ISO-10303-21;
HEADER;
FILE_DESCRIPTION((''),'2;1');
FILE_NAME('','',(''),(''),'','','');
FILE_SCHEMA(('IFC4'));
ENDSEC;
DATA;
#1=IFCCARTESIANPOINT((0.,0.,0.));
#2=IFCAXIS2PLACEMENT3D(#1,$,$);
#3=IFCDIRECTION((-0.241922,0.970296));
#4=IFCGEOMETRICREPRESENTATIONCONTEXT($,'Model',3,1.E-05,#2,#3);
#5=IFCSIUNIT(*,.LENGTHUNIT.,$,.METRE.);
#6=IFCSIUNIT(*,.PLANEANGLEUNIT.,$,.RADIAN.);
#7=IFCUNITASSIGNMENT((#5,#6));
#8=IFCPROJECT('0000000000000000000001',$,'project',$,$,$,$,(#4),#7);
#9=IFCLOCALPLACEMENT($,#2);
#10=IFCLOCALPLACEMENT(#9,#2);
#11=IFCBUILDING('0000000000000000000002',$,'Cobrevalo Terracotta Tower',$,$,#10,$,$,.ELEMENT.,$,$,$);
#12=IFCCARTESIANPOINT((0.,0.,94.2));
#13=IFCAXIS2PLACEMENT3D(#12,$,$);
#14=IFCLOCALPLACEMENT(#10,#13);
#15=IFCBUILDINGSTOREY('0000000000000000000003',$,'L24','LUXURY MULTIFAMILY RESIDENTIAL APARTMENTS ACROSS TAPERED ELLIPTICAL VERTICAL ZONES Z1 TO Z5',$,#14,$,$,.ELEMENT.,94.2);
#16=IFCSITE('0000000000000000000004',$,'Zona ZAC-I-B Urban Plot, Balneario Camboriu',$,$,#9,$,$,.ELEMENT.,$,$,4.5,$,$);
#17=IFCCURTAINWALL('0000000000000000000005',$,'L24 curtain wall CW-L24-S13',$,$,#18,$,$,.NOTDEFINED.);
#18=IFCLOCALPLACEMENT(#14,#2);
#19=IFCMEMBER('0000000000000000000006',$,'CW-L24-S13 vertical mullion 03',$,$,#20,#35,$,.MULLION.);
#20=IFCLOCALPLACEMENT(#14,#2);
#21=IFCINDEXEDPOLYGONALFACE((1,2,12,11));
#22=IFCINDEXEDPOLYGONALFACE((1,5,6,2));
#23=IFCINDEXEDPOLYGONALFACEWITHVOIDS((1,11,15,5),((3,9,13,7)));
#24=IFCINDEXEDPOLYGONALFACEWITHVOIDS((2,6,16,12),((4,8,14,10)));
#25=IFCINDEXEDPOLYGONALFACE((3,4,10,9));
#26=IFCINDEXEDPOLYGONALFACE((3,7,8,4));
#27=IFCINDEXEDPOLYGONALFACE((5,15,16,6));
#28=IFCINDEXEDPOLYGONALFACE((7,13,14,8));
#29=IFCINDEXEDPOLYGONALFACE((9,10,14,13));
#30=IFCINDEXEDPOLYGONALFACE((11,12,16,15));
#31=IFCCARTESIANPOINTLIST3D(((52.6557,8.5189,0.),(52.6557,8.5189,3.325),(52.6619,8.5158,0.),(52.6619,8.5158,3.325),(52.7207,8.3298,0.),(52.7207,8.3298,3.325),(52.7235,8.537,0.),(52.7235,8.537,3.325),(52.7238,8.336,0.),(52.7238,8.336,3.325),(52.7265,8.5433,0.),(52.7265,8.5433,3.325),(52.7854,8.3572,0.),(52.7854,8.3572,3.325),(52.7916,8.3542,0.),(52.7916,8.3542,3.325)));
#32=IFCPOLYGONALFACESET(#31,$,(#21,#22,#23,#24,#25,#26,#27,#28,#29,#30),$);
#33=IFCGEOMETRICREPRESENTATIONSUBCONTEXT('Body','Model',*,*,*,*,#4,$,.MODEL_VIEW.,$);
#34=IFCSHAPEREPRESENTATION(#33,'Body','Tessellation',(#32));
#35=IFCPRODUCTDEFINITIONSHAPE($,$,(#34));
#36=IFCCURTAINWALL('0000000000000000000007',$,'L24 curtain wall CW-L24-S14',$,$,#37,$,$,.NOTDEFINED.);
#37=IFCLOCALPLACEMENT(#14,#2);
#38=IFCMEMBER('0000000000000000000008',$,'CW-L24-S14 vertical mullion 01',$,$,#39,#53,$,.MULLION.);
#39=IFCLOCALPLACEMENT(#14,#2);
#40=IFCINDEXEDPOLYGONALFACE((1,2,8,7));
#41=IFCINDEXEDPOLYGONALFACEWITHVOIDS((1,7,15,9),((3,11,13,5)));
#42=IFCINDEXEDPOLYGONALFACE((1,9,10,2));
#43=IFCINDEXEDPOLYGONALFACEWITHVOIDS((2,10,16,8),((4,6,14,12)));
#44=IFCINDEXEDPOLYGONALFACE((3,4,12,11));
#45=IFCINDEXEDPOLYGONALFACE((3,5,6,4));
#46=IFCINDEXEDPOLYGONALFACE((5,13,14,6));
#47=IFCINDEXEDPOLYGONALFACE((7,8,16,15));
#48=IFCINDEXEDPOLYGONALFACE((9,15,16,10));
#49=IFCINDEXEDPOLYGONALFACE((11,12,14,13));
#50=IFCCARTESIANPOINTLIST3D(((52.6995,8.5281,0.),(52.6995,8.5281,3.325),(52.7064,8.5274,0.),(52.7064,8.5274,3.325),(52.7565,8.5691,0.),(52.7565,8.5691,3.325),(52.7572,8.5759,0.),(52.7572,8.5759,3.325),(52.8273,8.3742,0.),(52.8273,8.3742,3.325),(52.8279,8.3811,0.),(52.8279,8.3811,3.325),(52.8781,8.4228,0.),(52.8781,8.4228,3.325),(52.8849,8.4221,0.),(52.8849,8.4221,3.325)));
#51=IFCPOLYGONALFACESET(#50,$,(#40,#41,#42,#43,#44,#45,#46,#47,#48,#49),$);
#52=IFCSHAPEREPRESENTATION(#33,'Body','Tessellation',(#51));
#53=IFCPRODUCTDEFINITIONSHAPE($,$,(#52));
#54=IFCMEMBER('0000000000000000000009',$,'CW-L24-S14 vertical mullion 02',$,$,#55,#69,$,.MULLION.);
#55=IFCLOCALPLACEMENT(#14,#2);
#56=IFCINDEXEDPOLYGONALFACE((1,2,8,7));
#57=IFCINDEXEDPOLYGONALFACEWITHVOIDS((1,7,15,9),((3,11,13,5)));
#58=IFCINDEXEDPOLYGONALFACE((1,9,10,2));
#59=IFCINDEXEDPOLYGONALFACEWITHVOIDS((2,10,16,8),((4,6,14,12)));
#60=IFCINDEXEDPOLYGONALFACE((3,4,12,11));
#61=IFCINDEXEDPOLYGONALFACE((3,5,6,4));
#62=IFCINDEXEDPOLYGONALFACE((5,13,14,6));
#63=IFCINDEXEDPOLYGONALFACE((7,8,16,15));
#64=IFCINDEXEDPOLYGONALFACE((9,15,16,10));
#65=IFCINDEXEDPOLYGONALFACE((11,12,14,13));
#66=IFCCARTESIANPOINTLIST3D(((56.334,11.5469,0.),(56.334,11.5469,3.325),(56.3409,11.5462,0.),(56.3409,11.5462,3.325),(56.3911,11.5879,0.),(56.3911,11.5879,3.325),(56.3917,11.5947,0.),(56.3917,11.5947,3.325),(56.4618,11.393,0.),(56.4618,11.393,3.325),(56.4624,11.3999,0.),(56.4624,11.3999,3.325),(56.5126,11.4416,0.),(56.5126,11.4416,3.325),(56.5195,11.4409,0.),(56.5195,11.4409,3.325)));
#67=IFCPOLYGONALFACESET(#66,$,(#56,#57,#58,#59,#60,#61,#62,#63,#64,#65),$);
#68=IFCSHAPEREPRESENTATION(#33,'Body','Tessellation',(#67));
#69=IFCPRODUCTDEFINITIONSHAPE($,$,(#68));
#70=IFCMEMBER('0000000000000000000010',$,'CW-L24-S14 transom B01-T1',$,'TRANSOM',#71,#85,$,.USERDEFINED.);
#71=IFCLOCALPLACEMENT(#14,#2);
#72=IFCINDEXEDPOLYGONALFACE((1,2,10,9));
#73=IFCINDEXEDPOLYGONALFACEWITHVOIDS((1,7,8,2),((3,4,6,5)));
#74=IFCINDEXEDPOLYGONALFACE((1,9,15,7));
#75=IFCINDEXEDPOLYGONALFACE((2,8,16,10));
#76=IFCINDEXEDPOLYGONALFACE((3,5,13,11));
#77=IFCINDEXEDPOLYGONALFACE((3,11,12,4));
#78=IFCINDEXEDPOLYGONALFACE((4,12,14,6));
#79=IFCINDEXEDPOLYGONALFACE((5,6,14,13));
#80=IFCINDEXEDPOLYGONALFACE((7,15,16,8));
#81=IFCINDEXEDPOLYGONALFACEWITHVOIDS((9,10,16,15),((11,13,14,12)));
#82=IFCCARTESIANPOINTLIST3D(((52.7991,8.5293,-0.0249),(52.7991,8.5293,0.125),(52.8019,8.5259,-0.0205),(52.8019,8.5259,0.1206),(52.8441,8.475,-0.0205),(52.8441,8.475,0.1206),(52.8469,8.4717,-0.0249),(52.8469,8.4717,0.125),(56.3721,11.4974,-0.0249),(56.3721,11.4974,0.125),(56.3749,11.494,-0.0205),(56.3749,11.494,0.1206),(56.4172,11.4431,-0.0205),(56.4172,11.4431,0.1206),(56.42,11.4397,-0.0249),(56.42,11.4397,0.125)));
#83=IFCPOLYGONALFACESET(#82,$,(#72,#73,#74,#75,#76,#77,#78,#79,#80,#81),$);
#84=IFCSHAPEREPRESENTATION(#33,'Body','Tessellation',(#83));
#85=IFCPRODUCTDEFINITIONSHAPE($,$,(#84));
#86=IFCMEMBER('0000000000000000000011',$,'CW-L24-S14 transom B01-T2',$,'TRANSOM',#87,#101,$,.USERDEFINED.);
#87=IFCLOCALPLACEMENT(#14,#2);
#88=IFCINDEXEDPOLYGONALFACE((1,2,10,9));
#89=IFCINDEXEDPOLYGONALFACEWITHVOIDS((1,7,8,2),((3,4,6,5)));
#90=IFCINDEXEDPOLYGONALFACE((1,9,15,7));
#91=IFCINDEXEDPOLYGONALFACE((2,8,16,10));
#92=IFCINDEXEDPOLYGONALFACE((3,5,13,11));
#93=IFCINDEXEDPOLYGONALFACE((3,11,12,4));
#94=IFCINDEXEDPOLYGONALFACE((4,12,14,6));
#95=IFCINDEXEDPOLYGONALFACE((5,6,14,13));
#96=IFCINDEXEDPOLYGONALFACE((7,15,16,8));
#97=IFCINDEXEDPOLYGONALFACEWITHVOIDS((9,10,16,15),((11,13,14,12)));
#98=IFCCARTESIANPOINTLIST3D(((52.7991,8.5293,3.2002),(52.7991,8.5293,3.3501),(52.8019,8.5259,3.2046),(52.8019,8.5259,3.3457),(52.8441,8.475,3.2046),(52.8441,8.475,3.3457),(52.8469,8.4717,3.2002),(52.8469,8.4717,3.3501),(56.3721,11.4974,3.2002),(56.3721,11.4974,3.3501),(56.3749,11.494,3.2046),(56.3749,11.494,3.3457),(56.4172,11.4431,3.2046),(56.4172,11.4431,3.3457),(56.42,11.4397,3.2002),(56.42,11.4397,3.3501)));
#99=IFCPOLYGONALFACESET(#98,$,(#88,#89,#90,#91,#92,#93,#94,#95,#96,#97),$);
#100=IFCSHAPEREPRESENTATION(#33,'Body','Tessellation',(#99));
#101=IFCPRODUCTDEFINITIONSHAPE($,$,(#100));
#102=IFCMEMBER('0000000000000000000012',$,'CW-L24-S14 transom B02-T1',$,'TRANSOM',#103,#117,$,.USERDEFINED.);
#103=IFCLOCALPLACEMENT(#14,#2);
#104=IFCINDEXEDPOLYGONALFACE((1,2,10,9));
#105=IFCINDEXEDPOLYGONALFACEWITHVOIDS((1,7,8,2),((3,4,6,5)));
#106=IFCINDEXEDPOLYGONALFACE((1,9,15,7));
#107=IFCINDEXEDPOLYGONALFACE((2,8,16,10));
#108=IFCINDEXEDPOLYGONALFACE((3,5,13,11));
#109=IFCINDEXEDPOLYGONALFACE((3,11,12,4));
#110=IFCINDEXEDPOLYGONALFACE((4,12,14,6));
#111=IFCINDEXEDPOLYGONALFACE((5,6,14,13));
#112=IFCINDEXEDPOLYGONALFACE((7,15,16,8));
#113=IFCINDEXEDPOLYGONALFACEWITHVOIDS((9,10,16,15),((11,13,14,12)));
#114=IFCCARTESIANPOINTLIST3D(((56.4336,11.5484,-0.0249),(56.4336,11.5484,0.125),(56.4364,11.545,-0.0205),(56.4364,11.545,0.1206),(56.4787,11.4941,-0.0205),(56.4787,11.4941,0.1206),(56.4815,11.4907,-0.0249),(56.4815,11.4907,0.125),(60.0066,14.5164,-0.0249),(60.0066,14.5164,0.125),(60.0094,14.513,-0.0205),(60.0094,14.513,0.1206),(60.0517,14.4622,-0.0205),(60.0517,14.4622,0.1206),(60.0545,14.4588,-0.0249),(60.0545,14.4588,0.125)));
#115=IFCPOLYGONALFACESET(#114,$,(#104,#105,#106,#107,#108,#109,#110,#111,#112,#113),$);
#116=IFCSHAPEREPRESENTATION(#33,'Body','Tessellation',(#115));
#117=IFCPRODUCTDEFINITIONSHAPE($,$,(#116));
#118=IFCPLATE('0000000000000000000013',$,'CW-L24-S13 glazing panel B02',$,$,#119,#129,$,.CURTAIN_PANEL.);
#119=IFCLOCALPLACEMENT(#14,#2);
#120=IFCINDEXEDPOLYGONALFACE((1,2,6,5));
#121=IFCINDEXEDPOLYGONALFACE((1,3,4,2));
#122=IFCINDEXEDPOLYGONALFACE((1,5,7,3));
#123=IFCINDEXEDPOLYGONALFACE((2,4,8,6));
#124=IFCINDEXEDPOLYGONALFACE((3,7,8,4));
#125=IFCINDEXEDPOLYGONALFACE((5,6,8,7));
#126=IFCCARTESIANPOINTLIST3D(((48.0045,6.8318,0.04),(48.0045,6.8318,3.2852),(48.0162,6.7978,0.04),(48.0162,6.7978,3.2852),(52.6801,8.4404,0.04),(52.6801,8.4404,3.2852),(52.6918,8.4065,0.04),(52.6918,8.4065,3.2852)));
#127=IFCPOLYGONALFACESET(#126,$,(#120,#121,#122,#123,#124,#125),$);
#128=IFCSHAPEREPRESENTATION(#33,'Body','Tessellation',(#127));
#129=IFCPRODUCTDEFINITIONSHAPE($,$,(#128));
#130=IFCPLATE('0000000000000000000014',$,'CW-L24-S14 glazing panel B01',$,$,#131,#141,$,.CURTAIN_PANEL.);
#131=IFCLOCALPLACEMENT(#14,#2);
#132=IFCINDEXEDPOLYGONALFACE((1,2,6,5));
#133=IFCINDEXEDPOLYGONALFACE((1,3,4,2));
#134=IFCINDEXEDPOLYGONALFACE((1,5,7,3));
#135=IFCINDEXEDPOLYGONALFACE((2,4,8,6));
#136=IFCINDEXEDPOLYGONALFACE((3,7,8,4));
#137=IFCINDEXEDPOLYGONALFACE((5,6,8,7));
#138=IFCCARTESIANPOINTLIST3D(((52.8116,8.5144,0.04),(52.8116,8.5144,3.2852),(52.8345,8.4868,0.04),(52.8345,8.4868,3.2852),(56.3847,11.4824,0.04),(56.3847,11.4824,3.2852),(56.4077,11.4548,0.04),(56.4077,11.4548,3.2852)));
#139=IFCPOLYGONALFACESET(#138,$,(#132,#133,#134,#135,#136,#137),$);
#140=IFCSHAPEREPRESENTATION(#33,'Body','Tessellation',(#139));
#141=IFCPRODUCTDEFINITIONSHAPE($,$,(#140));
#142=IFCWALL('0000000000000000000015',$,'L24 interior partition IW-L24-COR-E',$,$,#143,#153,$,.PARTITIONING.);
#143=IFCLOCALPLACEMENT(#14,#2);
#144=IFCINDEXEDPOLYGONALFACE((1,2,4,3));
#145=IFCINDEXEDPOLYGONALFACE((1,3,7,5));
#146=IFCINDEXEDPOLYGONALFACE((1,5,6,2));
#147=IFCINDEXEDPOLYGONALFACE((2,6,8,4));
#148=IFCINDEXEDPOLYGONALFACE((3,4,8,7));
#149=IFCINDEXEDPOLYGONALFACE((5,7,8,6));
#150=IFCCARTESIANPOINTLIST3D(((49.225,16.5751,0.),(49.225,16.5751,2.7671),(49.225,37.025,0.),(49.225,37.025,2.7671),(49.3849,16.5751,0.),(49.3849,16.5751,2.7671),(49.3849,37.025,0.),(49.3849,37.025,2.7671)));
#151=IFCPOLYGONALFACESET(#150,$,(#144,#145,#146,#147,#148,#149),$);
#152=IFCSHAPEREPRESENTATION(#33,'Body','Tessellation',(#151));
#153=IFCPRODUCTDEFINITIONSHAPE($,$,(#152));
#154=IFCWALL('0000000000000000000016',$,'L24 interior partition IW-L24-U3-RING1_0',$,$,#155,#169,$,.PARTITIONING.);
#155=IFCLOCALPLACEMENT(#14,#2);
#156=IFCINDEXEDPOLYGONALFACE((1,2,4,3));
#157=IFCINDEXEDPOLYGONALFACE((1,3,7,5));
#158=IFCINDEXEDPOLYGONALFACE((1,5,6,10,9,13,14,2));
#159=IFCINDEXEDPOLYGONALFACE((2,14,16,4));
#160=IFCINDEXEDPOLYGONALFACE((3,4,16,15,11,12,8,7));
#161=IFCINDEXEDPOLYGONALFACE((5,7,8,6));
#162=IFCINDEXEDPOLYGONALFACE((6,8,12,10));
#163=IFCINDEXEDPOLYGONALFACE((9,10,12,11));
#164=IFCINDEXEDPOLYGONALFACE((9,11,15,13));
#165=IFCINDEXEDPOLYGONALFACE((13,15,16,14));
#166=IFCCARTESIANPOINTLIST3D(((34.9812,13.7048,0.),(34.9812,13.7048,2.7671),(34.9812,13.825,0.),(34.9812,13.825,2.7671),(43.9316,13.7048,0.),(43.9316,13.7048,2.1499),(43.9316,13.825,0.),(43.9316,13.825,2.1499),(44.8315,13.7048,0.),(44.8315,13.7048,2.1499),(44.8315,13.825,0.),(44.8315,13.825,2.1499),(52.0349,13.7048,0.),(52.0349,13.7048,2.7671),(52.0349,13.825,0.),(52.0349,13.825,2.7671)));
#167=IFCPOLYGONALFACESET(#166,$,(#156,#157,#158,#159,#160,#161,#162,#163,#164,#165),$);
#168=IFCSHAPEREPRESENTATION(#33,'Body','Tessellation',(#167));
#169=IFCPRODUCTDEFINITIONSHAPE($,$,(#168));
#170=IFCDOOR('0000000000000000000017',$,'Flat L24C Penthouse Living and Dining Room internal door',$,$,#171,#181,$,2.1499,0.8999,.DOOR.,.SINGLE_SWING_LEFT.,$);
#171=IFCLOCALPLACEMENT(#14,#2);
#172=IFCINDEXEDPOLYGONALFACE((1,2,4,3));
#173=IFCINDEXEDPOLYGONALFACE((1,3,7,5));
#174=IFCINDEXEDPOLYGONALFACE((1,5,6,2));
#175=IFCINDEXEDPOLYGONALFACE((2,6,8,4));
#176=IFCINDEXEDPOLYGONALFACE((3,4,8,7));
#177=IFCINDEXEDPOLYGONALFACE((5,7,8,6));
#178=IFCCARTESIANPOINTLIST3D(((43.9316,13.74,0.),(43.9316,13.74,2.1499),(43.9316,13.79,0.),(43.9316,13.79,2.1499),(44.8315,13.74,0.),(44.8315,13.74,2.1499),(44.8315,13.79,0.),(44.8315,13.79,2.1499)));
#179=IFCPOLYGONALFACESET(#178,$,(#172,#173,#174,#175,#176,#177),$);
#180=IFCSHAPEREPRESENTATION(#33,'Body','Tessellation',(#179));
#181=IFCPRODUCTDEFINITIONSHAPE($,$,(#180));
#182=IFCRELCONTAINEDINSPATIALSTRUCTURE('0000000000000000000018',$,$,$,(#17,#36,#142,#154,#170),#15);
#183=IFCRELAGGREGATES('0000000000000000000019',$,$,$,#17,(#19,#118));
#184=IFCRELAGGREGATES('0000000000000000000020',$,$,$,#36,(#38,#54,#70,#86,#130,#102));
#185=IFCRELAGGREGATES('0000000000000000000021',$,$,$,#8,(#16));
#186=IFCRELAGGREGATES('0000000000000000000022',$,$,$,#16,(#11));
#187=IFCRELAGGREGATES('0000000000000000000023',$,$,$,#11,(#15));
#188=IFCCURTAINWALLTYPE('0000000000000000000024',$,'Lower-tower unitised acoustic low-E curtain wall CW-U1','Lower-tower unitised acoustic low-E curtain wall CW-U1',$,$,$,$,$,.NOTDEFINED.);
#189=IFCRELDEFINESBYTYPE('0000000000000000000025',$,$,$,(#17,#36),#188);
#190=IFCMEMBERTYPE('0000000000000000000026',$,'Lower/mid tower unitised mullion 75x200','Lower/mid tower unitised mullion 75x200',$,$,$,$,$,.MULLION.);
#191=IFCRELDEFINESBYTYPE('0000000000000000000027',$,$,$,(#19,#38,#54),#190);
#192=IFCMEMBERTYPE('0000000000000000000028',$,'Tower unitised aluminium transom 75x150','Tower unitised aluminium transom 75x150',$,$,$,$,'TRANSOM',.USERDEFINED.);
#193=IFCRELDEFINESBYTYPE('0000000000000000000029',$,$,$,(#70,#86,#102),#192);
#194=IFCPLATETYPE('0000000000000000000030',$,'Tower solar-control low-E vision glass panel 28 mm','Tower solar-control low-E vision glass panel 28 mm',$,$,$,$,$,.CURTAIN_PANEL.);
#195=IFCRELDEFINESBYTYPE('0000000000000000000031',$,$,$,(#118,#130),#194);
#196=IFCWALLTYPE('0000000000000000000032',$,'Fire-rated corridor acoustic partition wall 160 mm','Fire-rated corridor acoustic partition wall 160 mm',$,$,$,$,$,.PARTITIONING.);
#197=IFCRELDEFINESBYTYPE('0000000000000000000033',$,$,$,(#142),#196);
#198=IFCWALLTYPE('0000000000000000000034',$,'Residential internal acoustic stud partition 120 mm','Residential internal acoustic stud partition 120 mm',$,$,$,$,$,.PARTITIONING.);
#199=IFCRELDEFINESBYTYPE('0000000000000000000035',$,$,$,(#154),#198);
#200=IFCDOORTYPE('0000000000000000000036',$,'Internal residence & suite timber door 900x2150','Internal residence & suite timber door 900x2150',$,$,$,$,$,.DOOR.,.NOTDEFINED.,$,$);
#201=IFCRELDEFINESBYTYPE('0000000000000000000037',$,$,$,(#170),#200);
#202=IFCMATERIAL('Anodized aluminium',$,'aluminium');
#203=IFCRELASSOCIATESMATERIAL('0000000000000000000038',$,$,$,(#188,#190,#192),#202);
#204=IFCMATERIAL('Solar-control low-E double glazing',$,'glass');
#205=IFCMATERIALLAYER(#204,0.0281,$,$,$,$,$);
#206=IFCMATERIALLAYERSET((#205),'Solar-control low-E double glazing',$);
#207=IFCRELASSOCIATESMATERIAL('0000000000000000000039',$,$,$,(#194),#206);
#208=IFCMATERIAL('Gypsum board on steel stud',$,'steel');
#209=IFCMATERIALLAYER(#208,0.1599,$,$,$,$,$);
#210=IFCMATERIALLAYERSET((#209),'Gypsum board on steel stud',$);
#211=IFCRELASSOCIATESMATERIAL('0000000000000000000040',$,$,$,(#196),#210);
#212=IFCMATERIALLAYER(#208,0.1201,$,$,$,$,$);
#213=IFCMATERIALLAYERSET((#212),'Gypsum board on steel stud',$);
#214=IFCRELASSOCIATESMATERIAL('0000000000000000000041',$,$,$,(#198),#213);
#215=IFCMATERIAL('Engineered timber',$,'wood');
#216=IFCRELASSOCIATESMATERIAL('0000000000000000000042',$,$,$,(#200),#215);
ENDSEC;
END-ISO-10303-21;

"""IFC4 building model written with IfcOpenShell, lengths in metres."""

from ifc_helpers import new_model, si_unit, direction, frame, frame_2d, origin, origin_2d, place, context, subcontext, project, spatial, rectangle, hollow_rectangle, extrude, source, transform, mapped, material, layer, layer_set, material_profile, profile_set, type_object, element, fill, aggregate, save


model = new_model("IFC4")

# Units and contexts
model_context = context("Model", 3, precision=1e-05, world=origin(), true_north=direction((-0.241922, 0.970296)))
body_context = subcontext(model_context, "Body", "Model", "MODEL_VIEW")
ifc_project = project(units=[si_unit("LENGTHUNIT", "METRE"), si_unit("PLANEANGLEUNIT", "RADIAN")], contexts=[model_context])

# Site, building, storey
site_placement = place(None, origin())
site = spatial("IfcSite", under=ifc_project, at=site_placement, Name="Zona ZAC-I-B Urban Plot, Balneario Camboriu", CompositionType="ELEMENT", RefElevation=4.5)
building_placement = place(site_placement, origin())
building = spatial("IfcBuilding", under=site, at=building_placement, Name="Cobrevalo Terracotta Tower", CompositionType="ELEMENT")
storey_placement = place(building_placement, frame((0.0, 0.0, 94.2)))
storey = spatial("IfcBuildingStorey", under=building, at=storey_placement, Name="L24", Description="LUXURY MULTIFAMILY RESIDENTIAL APARTMENTS ACROSS TAPERED ELLIPTICAL VERTICAL ZONES Z1 TO Z5", CompositionType="ELEMENT", Elevation=94.2)

# Curtain wall, member
ifc_material_1 = material(Name="Anodized aluminium", Category="aluminium")
curtain_wall_type = type_object("IfcCurtainWallType", Name="Lower-tower unitised acoustic low-E curtain wall CW-U1", Description="Lower-tower unitised acoustic low-E curtain wall CW-U1", PredefinedType="NOTDEFINED", material=ifc_material_1)
curtain_wall_1_placement = place(storey_placement, origin())
curtain_wall_1 = element("IfcCurtainWall", 1, at=curtain_wall_1_placement, inside=storey, type_object=curtain_wall_type, Name="L24 curtain wall CW-L24-S13", PredefinedType="NOTDEFINED")
ifc_material_profile_1 = material_profile(ifc_material_1, hollow_rectangle(XDim=0.075, YDim=0.2, WallThickness=0.0049, at=origin_2d()), Name="CWM 75x200")
ifc_profile_set_1 = profile_set([ifc_material_profile_1], Name="Anodized aluminium")
member_type_1 = type_object("IfcMemberType", Name="Lower/mid tower unitised mullion 75x200", Description="Lower/mid tower unitised mullion 75x200", PredefinedType="MULLION", material=ifc_profile_set_1)
shared_shape_1 = source(origin(), body_context, "Body", "SweptSolid", [
    extrude(hollow_rectangle(XDim=0.075, YDim=0.2, WallThickness=0.0049, at=origin_2d()), origin(), (0.0, 0.0, 1.0), 3.325),
])
member_1_placement = place(storey_placement, frame((52.7236, 8.4365, 0.0), z_axis=(0.0, 0.0, 1.0), x_axis=(0.945598, 0.325337, 0.0)))
member_1 = element("IfcMember", 2, at=member_1_placement, type_object=member_type_1, Name="CW-L24-S13 vertical mullion 03", PredefinedType="MULLION", context=body_context, shape_type="MappedRepresentation", body=[
    mapped(shared_shape_1, transform((0.0, 0.0, 0.0), scale=1.0)),
])

# Curtain wall, members
curtain_wall_2_placement = place(storey_placement, origin())
curtain_wall_2 = element("IfcCurtainWall", 3, at=curtain_wall_2_placement, inside=storey, type_object=curtain_wall_type, Name="L24 curtain wall CW-L24-S14", PredefinedType="NOTDEFINED")
member_2_placement = place(storey_placement, frame((52.7922, 8.4751, 0.0), z_axis=(0.0, 0.0, 1.0), x_axis=(0.769243, 0.638956, 0.0)))
member_2 = element("IfcMember", 4, at=member_2_placement, type_object=member_type_1, Name="CW-L24-S14 vertical mullion 01", PredefinedType="MULLION", context=body_context, shape_type="MappedRepresentation", body=[
    mapped(shared_shape_1, transform((0.0, 0.0, 0.0), scale=1.0)),
])
member_3_placement = place(storey_placement, frame((56.4268, 11.4939, 0.0), z_axis=(0.0, 0.0, 1.0), x_axis=(0.769243, 0.638956, 0.0)))
member_3 = element("IfcMember", 5, at=member_3_placement, type_object=member_type_1, Name="CW-L24-S14 vertical mullion 02", PredefinedType="MULLION", context=body_context, shape_type="MappedRepresentation", body=[
    mapped(shared_shape_1, transform((0.0, 0.0, 0.0), scale=1.0)),
])
ifc_material_profile_2 = material_profile(ifc_material_1, hollow_rectangle(XDim=0.075, YDim=0.1499, WallThickness=0.0044, at=origin_2d()), Name="CWT 75x150")
ifc_profile_set_2 = profile_set([ifc_material_profile_2], Name="Anodized aluminium")
member_type_2 = type_object("IfcMemberType", Name="Tower unitised aluminium transom 75x150", Description="Tower unitised aluminium transom 75x150", ElementType="TRANSOM", PredefinedType="USERDEFINED", material=ifc_profile_set_2)
shared_shape_2 = source(origin(), body_context, "Body", "SweptSolid", [
    extrude(hollow_rectangle(XDim=0.075, YDim=0.1499, WallThickness=0.0044, at=origin_2d()), origin(), (0.0, 0.0, 1.0), 4.645),
])
member_4_placement = place(storey_placement, frame((52.823, 8.5005, 0.05), z_axis=(0.769224, 0.638979, 0.0), x_axis=(-0.638979, 0.769224, 0.0)))
member_4 = element("IfcMember", 6, at=member_4_placement, type_object=member_type_2, Name="CW-L24-S14 transom B01-T1", ObjectType="TRANSOM", PredefinedType="USERDEFINED", context=body_context, shape_type="MappedRepresentation", body=[
    mapped(shared_shape_2, transform((0.0, 0.0, 0.0), scale=1.0)),
])
member_5_placement = place(storey_placement, frame((52.823, 8.5005, 3.2751), z_axis=(0.769224, 0.638979, 0.0), x_axis=(-0.638979, 0.769224, 0.0)))
member_5 = element("IfcMember", 7, at=member_5_placement, type_object=member_type_2, Name="CW-L24-S14 transom B01-T2", ObjectType="TRANSOM", PredefinedType="USERDEFINED", context=body_context, shape_type="MappedRepresentation", body=[
    mapped(shared_shape_2, transform((0.0, 0.0, 0.0), scale=1.0)),
])
member_6_placement = place(storey_placement, frame((56.4575, 11.5195, 0.05), z_axis=(0.769224, 0.638979, 0.0), x_axis=(-0.638979, 0.769224, 0.0)))
member_6 = element("IfcMember", 8, at=member_6_placement, type_object=member_type_2, Name="CW-L24-S14 transom B02-T1", ObjectType="TRANSOM", PredefinedType="USERDEFINED", context=body_context, shape_type="MappedRepresentation", body=[
    mapped(shared_shape_2, transform((0.0, 0.0, 0.0), scale=1.0)),
])

# Plates
ifc_material_2 = material(Name="Solar-control low-E double glazing", Category="glass")
ifc_layer_1 = layer(ifc_material_2, 0.0281)
ifc_layer_set_1 = layer_set([ifc_layer_1], Name="Solar-control low-E double glazing")
plate_type = type_object("IfcPlateType", Name="Tower solar-control low-E vision glass panel 28 mm", Description="Tower solar-control low-E vision glass panel 28 mm", PredefinedType="CURTAIN_PANEL", material=ifc_layer_set_1)
shared_shape_3 = source(origin(), body_context, "Body", "SweptSolid", [
    extrude(rectangle(XDim=4.9446, YDim=0.0359, at=origin_2d()), origin(), (0.0, 0.0, 1.0), 3.2451),
])
plate_1_placement = place(storey_placement, frame((50.3481, 7.6191, 0.04), z_axis=(0.0, 0.0, 1.0), x_axis=(0.945596, 0.325342, 0.0)))
plate_1 = element("IfcPlate", 9, at=plate_1_placement, type_object=plate_type, Name="CW-L24-S13 glazing panel B02", PredefinedType="CURTAIN_PANEL", context=body_context, shape_type="MappedRepresentation", body=[
    mapped(shared_shape_3, transform((0.0, 0.0, 0.0), scale=1.0)),
])
aggregate(curtain_wall_1, [member_1, plate_1])
shared_shape_4 = source(origin(), body_context, "Body", "SweptSolid", [
    extrude(rectangle(XDim=4.645, YDim=0.0359, at=origin_2d()), origin(), (0.0, 0.0, 1.0), 3.2451),
])
plate_2_placement = place(storey_placement, frame((54.6096, 9.9846, 0.04), z_axis=(0.0, 0.0, 1.0), x_axis=(0.769241, 0.638958, 0.0)))
plate_2 = element("IfcPlate", 10, at=plate_2_placement, type_object=plate_type, Name="CW-L24-S14 glazing panel B01", PredefinedType="CURTAIN_PANEL", context=body_context, shape_type="MappedRepresentation", body=[
    mapped(shared_shape_4, transform((0.0, 0.0, 0.0), scale=1.0)),
])
aggregate(curtain_wall_2, [member_2, member_3, member_4, member_5, plate_2, member_6])

# Wall
ifc_material_3 = material(Name="Gypsum board on steel stud", Category="steel")
ifc_layer_2 = layer(ifc_material_3, 0.1599)
ifc_layer_set_2 = layer_set([ifc_layer_2], Name="Gypsum board on steel stud")
wall_type_1 = type_object("IfcWallType", Name="Fire-rated corridor acoustic partition wall 160 mm", Description="Fire-rated corridor acoustic partition wall 160 mm", PredefinedType="PARTITIONING", material=ifc_layer_set_2)
wall_1_placement = place(storey_placement, frame((49.3049, 16.575, 0.0), z_axis=(0.0, 0.0, 1.0), x_axis=(0.0, 1.0, 0.0)))
element("IfcWall", 11, at=wall_1_placement, inside=storey, type_object=wall_type_1, Name="L24 interior partition IW-L24-COR-E", PredefinedType="PARTITIONING", context=body_context, shape_type="SweptSolid", body=[
    extrude(rectangle(XDim=20.45, YDim=0.1599, at=frame_2d((10.2251, 0.0))), origin(), (0.0, 0.0, 1.0), 2.7671),
])

# Wall, opening, door
ifc_layer_3 = layer(ifc_material_3, 0.1201)
ifc_layer_set_3 = layer_set([ifc_layer_3], Name="Gypsum board on steel stud")
wall_type_2 = type_object("IfcWallType", Name="Residential internal acoustic stud partition 120 mm", Description="Residential internal acoustic stud partition 120 mm", PredefinedType="PARTITIONING", material=ifc_layer_set_3)
wall_2_placement = place(storey_placement, frame((52.0349, 13.7649, 0.0), z_axis=(0.0, 0.0, 1.0), x_axis=(-1.0, 0.0, 0.0)))
wall_2 = element("IfcWall", 12, at=wall_2_placement, inside=storey, type_object=wall_type_2, Name="L24 interior partition IW-L24-U3-RING1_0", PredefinedType="PARTITIONING", context=body_context, shape_type="SweptSolid", body=[
    extrude(rectangle(XDim=17.0537, YDim=0.1201, at=frame_2d((8.5269, 0.0))), origin(), (0.0, 0.0, 1.0), 2.7671),
])
opening_1_placement = place(wall_2_placement, frame((7.2034, 0.0, 0.0)))
opening_1 = element("IfcOpeningElement", 13, at=opening_1_placement, cuts=wall_2, PredefinedType="OPENING", context=body_context, shape_type="SweptSolid", body=[
    extrude(rectangle(XDim=0.8999, YDim=2.1499, at=frame_2d((0.45, 1.075))), frame((0.0, 0.0701, 0.0), z_axis=(0.0, -1.0, 0.0), x_axis=(1.0, 0.0, 0.0)), (0.0, 0.0, 1.0), 0.1401),
])
ifc_material_4 = material(Name="Engineered timber", Category="wood")
door_type = type_object("IfcDoorType", Name="Internal residence & suite timber door 900x2150", Description="Internal residence & suite timber door 900x2150", OperationType="NOTDEFINED", PredefinedType="DOOR", material=ifc_material_4)
shared_shape_5 = source(origin(), body_context, "Body", "SweptSolid", [
    extrude(rectangle(XDim=0.8999, YDim=2.1499, at=frame_2d((0.45, 1.075))), frame((0.0, 0.0249, 0.0), z_axis=(0.0, -1.0, 0.0), x_axis=(1.0, 0.0, 0.0)), (0.0, 0.0, 1.0), 0.05),
])
door_1_placement = place(opening_1_placement, origin())
door_1 = element("IfcDoor", 14, at=door_1_placement, inside=storey, type_object=door_type, Name="Flat L24C Penthouse Living and Dining Room internal door", OperationType="SINGLE_SWING_LEFT", OverallHeight=2.1499, OverallWidth=0.8999, PredefinedType="DOOR", context=body_context, shape_type="MappedRepresentation", body=[
    mapped(shared_shape_5, transform((0.0, 0.0, 0.0), scale=1.0)),
])
fill(opening_1, door_1)

save(model, "model.ifc")
